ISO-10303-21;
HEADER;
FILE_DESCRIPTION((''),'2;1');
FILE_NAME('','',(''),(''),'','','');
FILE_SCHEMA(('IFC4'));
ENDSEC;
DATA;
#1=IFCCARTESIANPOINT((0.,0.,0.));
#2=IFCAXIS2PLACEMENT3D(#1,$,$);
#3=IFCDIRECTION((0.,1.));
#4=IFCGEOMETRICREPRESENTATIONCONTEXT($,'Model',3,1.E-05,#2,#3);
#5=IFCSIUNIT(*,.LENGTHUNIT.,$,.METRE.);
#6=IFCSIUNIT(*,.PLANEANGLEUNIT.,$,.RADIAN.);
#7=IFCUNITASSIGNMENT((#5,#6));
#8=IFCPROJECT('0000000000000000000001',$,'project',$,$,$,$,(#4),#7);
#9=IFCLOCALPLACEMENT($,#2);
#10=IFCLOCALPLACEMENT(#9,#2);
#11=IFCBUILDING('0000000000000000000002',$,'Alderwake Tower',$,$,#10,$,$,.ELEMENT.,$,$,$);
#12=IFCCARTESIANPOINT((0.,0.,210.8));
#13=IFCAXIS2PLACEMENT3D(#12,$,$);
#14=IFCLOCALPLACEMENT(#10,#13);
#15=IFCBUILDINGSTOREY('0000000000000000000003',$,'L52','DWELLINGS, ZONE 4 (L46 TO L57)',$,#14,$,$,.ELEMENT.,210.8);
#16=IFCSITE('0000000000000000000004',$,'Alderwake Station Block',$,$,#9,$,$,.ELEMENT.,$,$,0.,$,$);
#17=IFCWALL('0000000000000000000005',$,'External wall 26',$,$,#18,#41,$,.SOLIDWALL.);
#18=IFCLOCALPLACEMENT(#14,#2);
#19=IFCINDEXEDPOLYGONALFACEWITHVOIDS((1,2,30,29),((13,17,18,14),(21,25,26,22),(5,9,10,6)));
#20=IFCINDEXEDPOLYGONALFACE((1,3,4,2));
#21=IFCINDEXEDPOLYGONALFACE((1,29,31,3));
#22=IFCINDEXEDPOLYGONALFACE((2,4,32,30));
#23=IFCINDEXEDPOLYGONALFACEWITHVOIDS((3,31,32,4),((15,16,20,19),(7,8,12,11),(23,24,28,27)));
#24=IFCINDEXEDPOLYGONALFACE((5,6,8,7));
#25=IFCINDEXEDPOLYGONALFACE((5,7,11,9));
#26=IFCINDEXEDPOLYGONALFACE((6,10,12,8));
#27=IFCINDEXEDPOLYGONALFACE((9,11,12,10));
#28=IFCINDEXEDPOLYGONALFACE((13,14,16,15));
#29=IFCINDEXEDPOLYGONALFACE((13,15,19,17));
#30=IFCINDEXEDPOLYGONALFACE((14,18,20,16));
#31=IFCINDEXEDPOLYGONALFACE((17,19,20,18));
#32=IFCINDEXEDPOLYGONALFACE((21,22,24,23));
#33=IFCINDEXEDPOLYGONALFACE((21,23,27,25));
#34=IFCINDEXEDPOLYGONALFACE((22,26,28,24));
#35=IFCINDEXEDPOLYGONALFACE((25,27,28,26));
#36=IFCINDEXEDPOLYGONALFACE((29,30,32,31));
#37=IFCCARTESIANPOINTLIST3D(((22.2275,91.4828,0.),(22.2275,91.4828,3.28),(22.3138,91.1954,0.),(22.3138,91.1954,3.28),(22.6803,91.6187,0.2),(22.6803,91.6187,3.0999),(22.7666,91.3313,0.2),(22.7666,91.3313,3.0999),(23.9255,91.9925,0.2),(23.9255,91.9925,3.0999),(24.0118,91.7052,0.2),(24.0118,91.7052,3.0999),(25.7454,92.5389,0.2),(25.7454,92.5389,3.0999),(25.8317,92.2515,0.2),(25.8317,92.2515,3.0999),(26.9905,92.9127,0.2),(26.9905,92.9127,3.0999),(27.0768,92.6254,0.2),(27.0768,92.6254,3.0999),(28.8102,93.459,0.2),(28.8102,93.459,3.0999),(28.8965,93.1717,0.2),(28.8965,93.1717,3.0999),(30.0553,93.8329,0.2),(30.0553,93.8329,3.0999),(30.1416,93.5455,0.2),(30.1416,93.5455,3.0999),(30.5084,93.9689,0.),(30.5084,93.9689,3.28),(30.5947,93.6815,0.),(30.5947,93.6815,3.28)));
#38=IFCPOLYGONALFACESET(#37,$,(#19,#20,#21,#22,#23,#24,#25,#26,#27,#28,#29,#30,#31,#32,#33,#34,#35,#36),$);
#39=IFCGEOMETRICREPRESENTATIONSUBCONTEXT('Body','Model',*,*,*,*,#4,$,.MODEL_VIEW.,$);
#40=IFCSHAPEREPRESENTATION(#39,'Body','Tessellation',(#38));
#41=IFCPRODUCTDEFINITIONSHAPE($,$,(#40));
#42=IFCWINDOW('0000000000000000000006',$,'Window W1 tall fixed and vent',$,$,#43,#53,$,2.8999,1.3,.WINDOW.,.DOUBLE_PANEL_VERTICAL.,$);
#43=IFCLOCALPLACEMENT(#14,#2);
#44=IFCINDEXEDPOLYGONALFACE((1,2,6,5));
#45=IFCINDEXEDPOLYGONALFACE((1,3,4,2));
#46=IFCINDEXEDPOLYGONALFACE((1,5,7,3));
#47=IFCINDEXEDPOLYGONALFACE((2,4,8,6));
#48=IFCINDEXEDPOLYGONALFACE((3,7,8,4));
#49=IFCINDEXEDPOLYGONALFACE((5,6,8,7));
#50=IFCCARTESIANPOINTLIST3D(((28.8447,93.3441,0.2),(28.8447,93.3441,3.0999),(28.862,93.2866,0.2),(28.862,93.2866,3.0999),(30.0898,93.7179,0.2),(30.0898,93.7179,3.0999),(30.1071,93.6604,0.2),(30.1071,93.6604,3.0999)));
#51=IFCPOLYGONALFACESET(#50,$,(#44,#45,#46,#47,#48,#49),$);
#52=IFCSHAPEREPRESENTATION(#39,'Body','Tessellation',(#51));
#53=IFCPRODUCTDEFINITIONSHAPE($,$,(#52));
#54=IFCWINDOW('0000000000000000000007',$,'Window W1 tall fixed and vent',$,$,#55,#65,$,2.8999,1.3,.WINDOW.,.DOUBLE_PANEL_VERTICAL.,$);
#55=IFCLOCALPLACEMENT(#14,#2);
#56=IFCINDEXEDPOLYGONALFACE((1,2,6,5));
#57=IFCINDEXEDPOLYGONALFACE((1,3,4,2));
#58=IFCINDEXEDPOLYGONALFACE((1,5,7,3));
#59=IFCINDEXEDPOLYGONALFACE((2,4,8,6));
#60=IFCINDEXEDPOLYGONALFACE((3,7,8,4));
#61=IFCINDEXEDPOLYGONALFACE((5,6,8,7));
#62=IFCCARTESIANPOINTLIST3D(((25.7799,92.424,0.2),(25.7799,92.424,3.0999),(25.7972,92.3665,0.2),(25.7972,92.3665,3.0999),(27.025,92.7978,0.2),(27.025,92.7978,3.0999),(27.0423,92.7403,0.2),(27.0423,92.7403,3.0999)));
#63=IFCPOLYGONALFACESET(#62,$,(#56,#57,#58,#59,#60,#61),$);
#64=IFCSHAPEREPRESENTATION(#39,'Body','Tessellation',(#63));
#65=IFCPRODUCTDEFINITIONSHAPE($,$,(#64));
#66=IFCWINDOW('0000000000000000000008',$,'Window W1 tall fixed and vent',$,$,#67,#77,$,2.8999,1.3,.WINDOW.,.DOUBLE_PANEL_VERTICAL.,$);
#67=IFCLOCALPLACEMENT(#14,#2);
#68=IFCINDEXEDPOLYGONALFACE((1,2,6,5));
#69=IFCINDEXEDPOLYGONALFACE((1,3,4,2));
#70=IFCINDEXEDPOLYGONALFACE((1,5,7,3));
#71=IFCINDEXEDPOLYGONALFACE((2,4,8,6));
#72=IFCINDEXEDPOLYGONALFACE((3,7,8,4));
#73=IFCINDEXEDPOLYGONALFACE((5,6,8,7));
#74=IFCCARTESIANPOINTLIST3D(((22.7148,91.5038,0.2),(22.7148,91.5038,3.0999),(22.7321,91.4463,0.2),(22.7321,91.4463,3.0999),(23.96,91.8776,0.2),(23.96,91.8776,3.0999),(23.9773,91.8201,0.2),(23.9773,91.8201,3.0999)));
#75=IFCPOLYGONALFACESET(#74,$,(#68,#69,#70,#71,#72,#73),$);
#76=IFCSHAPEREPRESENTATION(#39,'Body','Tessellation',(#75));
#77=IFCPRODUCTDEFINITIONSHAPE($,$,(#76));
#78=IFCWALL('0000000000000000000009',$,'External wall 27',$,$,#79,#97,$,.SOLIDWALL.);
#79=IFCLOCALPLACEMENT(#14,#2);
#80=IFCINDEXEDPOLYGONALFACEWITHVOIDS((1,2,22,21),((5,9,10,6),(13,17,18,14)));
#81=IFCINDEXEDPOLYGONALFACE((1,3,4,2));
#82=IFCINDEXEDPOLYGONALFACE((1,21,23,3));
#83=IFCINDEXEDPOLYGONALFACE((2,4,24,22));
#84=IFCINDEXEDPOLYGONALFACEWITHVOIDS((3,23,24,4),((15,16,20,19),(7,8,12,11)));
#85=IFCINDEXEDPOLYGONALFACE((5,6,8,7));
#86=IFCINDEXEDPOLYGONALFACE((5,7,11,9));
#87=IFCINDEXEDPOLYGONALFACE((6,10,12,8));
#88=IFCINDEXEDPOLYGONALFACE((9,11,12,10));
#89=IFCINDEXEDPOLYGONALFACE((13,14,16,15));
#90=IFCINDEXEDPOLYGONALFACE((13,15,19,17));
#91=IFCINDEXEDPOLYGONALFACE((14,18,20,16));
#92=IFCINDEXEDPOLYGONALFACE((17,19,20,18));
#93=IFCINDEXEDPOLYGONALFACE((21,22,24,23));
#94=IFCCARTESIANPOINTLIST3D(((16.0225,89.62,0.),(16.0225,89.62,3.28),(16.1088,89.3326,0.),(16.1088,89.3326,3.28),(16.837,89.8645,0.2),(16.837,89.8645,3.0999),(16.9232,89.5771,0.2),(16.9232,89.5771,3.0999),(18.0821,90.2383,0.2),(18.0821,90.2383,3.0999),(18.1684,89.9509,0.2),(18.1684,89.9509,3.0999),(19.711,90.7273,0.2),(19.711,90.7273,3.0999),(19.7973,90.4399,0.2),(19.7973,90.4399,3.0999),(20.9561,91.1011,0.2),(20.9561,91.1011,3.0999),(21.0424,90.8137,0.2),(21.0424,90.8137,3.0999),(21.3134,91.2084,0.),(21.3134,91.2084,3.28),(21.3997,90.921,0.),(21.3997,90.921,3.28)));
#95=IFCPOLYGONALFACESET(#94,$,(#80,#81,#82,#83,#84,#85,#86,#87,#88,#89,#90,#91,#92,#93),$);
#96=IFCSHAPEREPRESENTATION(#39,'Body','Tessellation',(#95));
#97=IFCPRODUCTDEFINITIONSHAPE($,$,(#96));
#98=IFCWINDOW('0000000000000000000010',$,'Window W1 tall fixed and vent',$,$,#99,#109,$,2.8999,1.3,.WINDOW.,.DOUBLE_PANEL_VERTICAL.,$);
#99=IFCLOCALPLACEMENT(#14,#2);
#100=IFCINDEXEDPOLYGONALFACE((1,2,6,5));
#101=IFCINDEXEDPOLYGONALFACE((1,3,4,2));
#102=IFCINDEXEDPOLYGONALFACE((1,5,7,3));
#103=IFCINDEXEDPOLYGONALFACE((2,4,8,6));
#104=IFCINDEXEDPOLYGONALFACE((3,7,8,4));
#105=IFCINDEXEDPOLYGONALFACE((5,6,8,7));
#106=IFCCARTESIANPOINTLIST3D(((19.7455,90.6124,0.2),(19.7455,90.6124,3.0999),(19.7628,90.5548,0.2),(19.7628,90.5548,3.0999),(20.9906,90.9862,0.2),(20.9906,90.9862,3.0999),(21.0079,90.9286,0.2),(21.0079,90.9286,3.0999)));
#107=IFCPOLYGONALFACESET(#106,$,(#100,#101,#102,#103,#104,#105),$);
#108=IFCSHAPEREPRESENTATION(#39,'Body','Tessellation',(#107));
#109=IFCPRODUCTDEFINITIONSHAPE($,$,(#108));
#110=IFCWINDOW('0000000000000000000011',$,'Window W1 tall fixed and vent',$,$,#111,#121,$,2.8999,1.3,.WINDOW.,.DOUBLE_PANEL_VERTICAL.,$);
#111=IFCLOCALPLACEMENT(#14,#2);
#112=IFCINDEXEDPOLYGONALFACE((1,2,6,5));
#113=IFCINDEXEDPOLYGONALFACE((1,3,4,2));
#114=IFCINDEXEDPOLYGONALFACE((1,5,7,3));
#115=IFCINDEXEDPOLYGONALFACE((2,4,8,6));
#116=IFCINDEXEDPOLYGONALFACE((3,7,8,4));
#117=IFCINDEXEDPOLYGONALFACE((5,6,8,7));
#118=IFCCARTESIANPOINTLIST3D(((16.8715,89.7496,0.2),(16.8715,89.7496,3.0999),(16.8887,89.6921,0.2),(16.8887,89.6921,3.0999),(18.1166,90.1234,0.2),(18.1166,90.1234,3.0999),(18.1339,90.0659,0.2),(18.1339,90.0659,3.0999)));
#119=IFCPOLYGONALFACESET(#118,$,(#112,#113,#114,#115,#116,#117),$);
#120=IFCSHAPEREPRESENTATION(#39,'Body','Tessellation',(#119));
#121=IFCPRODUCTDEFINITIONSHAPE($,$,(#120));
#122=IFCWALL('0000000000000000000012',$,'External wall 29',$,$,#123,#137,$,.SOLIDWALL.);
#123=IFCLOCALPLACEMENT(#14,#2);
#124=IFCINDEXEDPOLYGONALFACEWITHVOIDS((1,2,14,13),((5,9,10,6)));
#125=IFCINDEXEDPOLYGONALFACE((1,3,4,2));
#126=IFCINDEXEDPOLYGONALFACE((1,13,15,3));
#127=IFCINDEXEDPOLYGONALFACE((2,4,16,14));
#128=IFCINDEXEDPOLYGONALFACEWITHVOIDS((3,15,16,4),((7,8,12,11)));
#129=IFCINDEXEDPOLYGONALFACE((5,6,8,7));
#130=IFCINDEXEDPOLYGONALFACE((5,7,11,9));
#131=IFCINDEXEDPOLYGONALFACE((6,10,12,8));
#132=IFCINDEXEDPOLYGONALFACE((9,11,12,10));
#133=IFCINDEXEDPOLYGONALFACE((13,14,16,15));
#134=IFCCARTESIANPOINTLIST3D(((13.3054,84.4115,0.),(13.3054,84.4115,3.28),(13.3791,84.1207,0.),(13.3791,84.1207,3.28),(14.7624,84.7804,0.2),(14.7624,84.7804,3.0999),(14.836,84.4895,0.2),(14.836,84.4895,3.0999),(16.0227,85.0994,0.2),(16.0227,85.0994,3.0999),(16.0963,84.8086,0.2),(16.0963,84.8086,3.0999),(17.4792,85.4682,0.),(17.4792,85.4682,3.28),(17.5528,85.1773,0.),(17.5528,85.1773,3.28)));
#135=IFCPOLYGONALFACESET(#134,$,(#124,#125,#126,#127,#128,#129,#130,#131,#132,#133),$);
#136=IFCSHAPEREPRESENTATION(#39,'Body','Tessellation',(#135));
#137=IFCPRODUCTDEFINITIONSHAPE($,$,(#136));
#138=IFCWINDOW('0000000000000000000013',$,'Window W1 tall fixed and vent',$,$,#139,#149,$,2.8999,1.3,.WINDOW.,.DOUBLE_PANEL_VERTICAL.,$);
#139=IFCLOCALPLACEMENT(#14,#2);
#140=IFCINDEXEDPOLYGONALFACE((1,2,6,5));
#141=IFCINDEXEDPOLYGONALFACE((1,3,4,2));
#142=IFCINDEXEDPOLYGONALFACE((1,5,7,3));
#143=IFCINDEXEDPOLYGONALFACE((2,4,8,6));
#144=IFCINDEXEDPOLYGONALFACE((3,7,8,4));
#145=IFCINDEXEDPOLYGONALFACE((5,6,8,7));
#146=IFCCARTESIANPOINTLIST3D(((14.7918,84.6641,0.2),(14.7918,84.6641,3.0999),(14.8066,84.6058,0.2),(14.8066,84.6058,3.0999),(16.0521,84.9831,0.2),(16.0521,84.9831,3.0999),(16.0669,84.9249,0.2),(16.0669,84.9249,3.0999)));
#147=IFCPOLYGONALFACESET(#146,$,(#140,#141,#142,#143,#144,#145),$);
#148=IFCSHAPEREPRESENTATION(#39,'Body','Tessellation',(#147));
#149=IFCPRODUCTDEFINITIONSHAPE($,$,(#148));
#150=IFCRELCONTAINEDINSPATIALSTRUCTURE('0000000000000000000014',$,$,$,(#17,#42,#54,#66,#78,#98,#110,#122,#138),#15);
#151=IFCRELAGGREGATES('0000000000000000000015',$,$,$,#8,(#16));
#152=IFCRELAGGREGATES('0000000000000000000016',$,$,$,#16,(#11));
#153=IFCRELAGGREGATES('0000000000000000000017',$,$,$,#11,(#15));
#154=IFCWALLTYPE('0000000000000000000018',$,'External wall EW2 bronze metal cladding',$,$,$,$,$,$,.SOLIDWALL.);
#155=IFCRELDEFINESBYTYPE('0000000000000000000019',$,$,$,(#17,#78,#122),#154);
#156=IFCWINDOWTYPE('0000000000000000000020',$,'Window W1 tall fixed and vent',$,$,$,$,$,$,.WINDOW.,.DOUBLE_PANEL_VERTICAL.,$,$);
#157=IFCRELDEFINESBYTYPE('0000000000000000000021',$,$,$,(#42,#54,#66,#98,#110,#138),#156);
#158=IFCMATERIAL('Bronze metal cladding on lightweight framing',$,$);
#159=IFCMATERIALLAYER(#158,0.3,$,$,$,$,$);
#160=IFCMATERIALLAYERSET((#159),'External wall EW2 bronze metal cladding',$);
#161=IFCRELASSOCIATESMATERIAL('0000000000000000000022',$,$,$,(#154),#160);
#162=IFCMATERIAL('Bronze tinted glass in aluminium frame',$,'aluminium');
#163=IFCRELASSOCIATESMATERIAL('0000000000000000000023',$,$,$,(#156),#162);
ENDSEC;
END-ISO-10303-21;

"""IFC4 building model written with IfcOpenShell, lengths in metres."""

from ifc_helpers import new_model, si_unit, direction, frame, frame_2d, origin, place, context, subcontext, project, spatial, rectangle, extrude, material, layer, layer_set, type_object, element, fill, save


model = new_model("IFC4")

# Units and contexts
model_context = context("Model", 3, precision=1e-05, world=origin(), true_north=direction((0.0, 1.0)))
body_context = subcontext(model_context, "Body", "Model", "MODEL_VIEW")
ifc_project = project(units=[si_unit("LENGTHUNIT", "METRE"), si_unit("PLANEANGLEUNIT", "RADIAN")], contexts=[model_context])

# Site, building, storey
site_placement = place(None, origin())
site = spatial("IfcSite", under=ifc_project, at=site_placement, Name="Alderwake Station Block", CompositionType="ELEMENT", RefElevation=0.0)
building_placement = place(site_placement, origin())
building = spatial("IfcBuilding", under=site, at=building_placement, Name="Alderwake Tower", CompositionType="ELEMENT")
storey_placement = place(building_placement, frame((0.0, 0.0, 210.8)))
storey = spatial("IfcBuildingStorey", under=building, at=storey_placement, Name="L52", Description="DWELLINGS, ZONE 4 (L46 TO L57)", CompositionType="ELEMENT", Elevation=210.8)

# Walls, openings, windows
ifc_material_1 = material(Name="Bronze metal cladding on lightweight framing")
ifc_layer_1 = layer(ifc_material_1, 0.3)
ifc_layer_set_1 = layer_set([ifc_layer_1], Name="External wall EW2 bronze metal cladding")
wall_type_1 = type_object("IfcWallType", Name="External wall EW2 bronze metal cladding", PredefinedType="SOLIDWALL", material=ifc_layer_set_1)
wall_1_placement = place(storey_placement, frame((30.5515, 93.8252, 0.0), z_axis=(0.0, 0.0, 1.0), x_axis=(-0.957767, -0.287545, 0.0)))
wall_1 = element("IfcWall", 1, at=wall_1_placement, inside=storey, type_object=wall_type_1, Name="External wall 26", PredefinedType="SOLIDWALL", context=body_context, shape_type="SweptSolid", body=[
    extrude(rectangle(XDim=8.646, YDim=0.3, at=frame_2d((4.323, 0.0))), origin(), (0.0, 0.0, 1.0), 3.28),
])
opening_1_placement = place(wall_1_placement, frame((0.4731, 0.0, 0.2)))
opening_1 = element("IfcOpeningElement", 2, at=opening_1_placement, cuts=wall_1, PredefinedType="OPENING", context=body_context, shape_type="SweptSolid", body=[
    extrude(rectangle(XDim=1.3, YDim=2.8999, at=frame_2d((0.6499, 1.45))), frame((0.0, 0.1599, 0.0), z_axis=(0.0, -1.0, 0.0), x_axis=(1.0, 0.0, 0.0)), (0.0, 0.0, 1.0), 0.3201),
])
opening_2_placement = place(wall_1_placement, frame((3.6731, 0.0, 0.2)))
opening_2 = element("IfcOpeningElement", 3, at=opening_2_placement, cuts=wall_1, PredefinedType="OPENING", context=body_context, shape_type="SweptSolid", body=[
    extrude(rectangle(XDim=1.3, YDim=2.8999, at=frame_2d((0.6499, 1.45))), frame((0.0, 0.1599, 0.0), z_axis=(0.0, -1.0, 0.0), x_axis=(1.0, 0.0, 0.0)), (0.0, 0.0, 1.0), 0.3201),
])
opening_3_placement = place(wall_1_placement, frame((6.8733, 0.0, 0.2)))
opening_3 = element("IfcOpeningElement", 4, at=opening_3_placement, cuts=wall_1, PredefinedType="OPENING", context=body_context, shape_type="SweptSolid", body=[
    extrude(rectangle(XDim=1.3, YDim=2.8999, at=frame_2d((0.6499, 1.45))), frame((0.0, 0.1599, 0.0), z_axis=(0.0, -1.0, 0.0), x_axis=(1.0, 0.0, 0.0)), (0.0, 0.0, 1.0), 0.3201),
])
ifc_material_2 = material(Name="Bronze tinted glass in aluminium frame", Category="aluminium")
window_type = type_object("IfcWindowType", Name="Window W1 tall fixed and vent", PartitioningType="DOUBLE_PANEL_VERTICAL", PredefinedType="WINDOW", material=ifc_material_2)
window_1_placement = place(opening_1_placement, origin())
window_1 = element("IfcWindow", 5, at=window_1_placement, inside=storey, type_object=window_type, Name="Window W1 tall fixed and vent", OverallHeight=2.8999, OverallWidth=1.3, PartitioningType="DOUBLE_PANEL_VERTICAL", PredefinedType="WINDOW", context=body_context, shape_type="SweptSolid", body=[
    extrude(rectangle(XDim=1.3, YDim=2.8999, at=frame_2d((0.6499, 1.45))), frame((0.0, 0.03, 0.0), z_axis=(0.0, -1.0, 0.0), x_axis=(1.0, 0.0, 0.0)), (0.0, 0.0, 1.0), 0.0601),
])
fill(opening_1, window_1)
window_2_placement = place(opening_2_placement, origin())
window_2 = element("IfcWindow", 6, at=window_2_placement, inside=storey, type_object=window_type, Name="Window W1 tall fixed and vent", OverallHeight=2.8999, OverallWidth=1.3, PartitioningType="DOUBLE_PANEL_VERTICAL", PredefinedType="WINDOW", context=body_context, shape_type="SweptSolid", body=[
    extrude(rectangle(XDim=1.3, YDim=2.8999, at=frame_2d((0.6499, 1.45))), frame((0.0, 0.03, 0.0), z_axis=(0.0, -1.0, 0.0), x_axis=(1.0, 0.0, 0.0)), (0.0, 0.0, 1.0), 0.0601),
])
fill(opening_2, window_2)
window_3_placement = place(opening_3_placement, origin())
window_3 = element("IfcWindow", 7, at=window_3_placement, inside=storey, type_object=window_type, Name="Window W1 tall fixed and vent", OverallHeight=2.8999, OverallWidth=1.3, PartitioningType="DOUBLE_PANEL_VERTICAL", PredefinedType="WINDOW", context=body_context, shape_type="SweptSolid", body=[
    extrude(rectangle(XDim=1.3, YDim=2.8999, at=frame_2d((0.6499, 1.45))), frame((0.0, 0.03, 0.0), z_axis=(0.0, -1.0, 0.0), x_axis=(1.0, 0.0, 0.0)), (0.0, 0.0, 1.0), 0.0601),
])
fill(opening_3, window_3)
wall_2_placement = place(storey_placement, frame((21.3567, 91.0647, 0.0), z_axis=(0.0, 0.0, 1.0), x_axis=(-0.957773, -0.287526, 0.0)))
wall_2 = element("IfcWall", 8, at=wall_2_placement, inside=storey, type_object=wall_type_1, Name="External wall 27", PredefinedType="SOLIDWALL", context=body_context, shape_type="SweptSolid", body=[
    extrude(rectangle(XDim=5.5242, YDim=0.3, at=frame_2d((2.7622, 0.0))), origin(), (0.0, 0.0, 1.0), 3.28),
])
opening_4_placement = place(wall_2_placement, frame((0.3733, 0.0, 0.2)))
opening_4 = element("IfcOpeningElement", 9, at=opening_4_placement, cuts=wall_2, PredefinedType="OPENING", context=body_context, shape_type="SweptSolid", body=[
    extrude(rectangle(XDim=1.3, YDim=2.8999, at=frame_2d((0.6499, 1.45))), frame((0.0, 0.1599, 0.0), z_axis=(0.0, -1.0, 0.0), x_axis=(1.0, 0.0, 0.0)), (0.0, 0.0, 1.0), 0.3201),
])
opening_5_placement = place(wall_2_placement, frame((3.374, 0.0, 0.2)))
opening_5 = element("IfcOpeningElement", 10, at=opening_5_placement, cuts=wall_2, PredefinedType="OPENING", context=body_context, shape_type="SweptSolid", body=[
    extrude(rectangle(XDim=1.3, YDim=2.8999, at=frame_2d((0.6499, 1.45))), frame((0.0, 0.1599, 0.0), z_axis=(0.0, -1.0, 0.0), x_axis=(1.0, 0.0, 0.0)), (0.0, 0.0, 1.0), 0.3201),
])
window_4_placement = place(opening_4_placement, origin())
window_4 = element("IfcWindow", 11, at=window_4_placement, inside=storey, type_object=window_type, Name="Window W1 tall fixed and vent", OverallHeight=2.8999, OverallWidth=1.3, PartitioningType="DOUBLE_PANEL_VERTICAL", PredefinedType="WINDOW", context=body_context, shape_type="SweptSolid", body=[
    extrude(rectangle(XDim=1.3, YDim=2.8999, at=frame_2d((0.6499, 1.45))), frame((0.0, 0.03, 0.0), z_axis=(0.0, -1.0, 0.0), x_axis=(1.0, 0.0, 0.0)), (0.0, 0.0, 1.0), 0.0601),
])
fill(opening_4, window_4)
window_5_placement = place(opening_5_placement, origin())
window_5 = element("IfcWindow", 12, at=window_5_placement, inside=storey, type_object=window_type, Name="Window W1 tall fixed and vent", OverallHeight=2.8999, OverallWidth=1.3, PartitioningType="DOUBLE_PANEL_VERTICAL", PredefinedType="WINDOW", context=body_context, shape_type="SweptSolid", body=[
    extrude(rectangle(XDim=1.3, YDim=2.8999, at=frame_2d((0.6499, 1.45))), frame((0.0, 0.03, 0.0), z_axis=(0.0, -1.0, 0.0), x_axis=(1.0, 0.0, 0.0)), (0.0, 0.0, 1.0), 0.0601),
])
fill(opening_5, window_5)

# Wall, opening, window
wall_3_placement = place(storey_placement, frame((17.5161, 85.3228, 0.0), z_axis=(0.0, 0.0, 1.0), x_axis=(-0.969418, -0.245416, 0.0)))
wall_3 = element("IfcWall", 13, at=wall_3_placement, inside=storey, type_object=wall_type_1, Name="External wall 29", PredefinedType="SOLIDWALL", context=body_context, shape_type="SweptSolid", body=[
    extrude(rectangle(XDim=4.3054, YDim=0.3, at=frame_2d((2.1528, 0.0))), origin(), (0.0, 0.0, 1.0), 3.28),
])
opening_6_placement = place(wall_3_placement, frame((1.5027, 0.0, 0.2)))
opening_6 = element("IfcOpeningElement", 14, at=opening_6_placement, cuts=wall_3, PredefinedType="OPENING", context=body_context, shape_type="SweptSolid", body=[
    extrude(rectangle(XDim=1.3, YDim=2.8999, at=frame_2d((0.6499, 1.45))), frame((0.0, 0.1599, 0.0), z_axis=(0.0, -1.0, 0.0), x_axis=(1.0, 0.0, 0.0)), (0.0, 0.0, 1.0), 0.3201),
])
window_6_placement = place(opening_6_placement, origin())
window_6 = element("IfcWindow", 15, at=window_6_placement, inside=storey, type_object=window_type, Name="Window W1 tall fixed and vent", OverallHeight=2.8999, OverallWidth=1.3, PartitioningType="DOUBLE_PANEL_VERTICAL", PredefinedType="WINDOW", context=body_context, shape_type="SweptSolid", body=[
    extrude(rectangle(XDim=1.3, YDim=2.8999, at=frame_2d((0.6499, 1.45))), frame((0.0, 0.03, 0.0), z_axis=(0.0, -1.0, 0.0), x_axis=(1.0, 0.0, 0.0)), (0.0, 0.0, 1.0), 0.0601),
])
fill(opening_6, window_6)

save(model, "model.ifc")
